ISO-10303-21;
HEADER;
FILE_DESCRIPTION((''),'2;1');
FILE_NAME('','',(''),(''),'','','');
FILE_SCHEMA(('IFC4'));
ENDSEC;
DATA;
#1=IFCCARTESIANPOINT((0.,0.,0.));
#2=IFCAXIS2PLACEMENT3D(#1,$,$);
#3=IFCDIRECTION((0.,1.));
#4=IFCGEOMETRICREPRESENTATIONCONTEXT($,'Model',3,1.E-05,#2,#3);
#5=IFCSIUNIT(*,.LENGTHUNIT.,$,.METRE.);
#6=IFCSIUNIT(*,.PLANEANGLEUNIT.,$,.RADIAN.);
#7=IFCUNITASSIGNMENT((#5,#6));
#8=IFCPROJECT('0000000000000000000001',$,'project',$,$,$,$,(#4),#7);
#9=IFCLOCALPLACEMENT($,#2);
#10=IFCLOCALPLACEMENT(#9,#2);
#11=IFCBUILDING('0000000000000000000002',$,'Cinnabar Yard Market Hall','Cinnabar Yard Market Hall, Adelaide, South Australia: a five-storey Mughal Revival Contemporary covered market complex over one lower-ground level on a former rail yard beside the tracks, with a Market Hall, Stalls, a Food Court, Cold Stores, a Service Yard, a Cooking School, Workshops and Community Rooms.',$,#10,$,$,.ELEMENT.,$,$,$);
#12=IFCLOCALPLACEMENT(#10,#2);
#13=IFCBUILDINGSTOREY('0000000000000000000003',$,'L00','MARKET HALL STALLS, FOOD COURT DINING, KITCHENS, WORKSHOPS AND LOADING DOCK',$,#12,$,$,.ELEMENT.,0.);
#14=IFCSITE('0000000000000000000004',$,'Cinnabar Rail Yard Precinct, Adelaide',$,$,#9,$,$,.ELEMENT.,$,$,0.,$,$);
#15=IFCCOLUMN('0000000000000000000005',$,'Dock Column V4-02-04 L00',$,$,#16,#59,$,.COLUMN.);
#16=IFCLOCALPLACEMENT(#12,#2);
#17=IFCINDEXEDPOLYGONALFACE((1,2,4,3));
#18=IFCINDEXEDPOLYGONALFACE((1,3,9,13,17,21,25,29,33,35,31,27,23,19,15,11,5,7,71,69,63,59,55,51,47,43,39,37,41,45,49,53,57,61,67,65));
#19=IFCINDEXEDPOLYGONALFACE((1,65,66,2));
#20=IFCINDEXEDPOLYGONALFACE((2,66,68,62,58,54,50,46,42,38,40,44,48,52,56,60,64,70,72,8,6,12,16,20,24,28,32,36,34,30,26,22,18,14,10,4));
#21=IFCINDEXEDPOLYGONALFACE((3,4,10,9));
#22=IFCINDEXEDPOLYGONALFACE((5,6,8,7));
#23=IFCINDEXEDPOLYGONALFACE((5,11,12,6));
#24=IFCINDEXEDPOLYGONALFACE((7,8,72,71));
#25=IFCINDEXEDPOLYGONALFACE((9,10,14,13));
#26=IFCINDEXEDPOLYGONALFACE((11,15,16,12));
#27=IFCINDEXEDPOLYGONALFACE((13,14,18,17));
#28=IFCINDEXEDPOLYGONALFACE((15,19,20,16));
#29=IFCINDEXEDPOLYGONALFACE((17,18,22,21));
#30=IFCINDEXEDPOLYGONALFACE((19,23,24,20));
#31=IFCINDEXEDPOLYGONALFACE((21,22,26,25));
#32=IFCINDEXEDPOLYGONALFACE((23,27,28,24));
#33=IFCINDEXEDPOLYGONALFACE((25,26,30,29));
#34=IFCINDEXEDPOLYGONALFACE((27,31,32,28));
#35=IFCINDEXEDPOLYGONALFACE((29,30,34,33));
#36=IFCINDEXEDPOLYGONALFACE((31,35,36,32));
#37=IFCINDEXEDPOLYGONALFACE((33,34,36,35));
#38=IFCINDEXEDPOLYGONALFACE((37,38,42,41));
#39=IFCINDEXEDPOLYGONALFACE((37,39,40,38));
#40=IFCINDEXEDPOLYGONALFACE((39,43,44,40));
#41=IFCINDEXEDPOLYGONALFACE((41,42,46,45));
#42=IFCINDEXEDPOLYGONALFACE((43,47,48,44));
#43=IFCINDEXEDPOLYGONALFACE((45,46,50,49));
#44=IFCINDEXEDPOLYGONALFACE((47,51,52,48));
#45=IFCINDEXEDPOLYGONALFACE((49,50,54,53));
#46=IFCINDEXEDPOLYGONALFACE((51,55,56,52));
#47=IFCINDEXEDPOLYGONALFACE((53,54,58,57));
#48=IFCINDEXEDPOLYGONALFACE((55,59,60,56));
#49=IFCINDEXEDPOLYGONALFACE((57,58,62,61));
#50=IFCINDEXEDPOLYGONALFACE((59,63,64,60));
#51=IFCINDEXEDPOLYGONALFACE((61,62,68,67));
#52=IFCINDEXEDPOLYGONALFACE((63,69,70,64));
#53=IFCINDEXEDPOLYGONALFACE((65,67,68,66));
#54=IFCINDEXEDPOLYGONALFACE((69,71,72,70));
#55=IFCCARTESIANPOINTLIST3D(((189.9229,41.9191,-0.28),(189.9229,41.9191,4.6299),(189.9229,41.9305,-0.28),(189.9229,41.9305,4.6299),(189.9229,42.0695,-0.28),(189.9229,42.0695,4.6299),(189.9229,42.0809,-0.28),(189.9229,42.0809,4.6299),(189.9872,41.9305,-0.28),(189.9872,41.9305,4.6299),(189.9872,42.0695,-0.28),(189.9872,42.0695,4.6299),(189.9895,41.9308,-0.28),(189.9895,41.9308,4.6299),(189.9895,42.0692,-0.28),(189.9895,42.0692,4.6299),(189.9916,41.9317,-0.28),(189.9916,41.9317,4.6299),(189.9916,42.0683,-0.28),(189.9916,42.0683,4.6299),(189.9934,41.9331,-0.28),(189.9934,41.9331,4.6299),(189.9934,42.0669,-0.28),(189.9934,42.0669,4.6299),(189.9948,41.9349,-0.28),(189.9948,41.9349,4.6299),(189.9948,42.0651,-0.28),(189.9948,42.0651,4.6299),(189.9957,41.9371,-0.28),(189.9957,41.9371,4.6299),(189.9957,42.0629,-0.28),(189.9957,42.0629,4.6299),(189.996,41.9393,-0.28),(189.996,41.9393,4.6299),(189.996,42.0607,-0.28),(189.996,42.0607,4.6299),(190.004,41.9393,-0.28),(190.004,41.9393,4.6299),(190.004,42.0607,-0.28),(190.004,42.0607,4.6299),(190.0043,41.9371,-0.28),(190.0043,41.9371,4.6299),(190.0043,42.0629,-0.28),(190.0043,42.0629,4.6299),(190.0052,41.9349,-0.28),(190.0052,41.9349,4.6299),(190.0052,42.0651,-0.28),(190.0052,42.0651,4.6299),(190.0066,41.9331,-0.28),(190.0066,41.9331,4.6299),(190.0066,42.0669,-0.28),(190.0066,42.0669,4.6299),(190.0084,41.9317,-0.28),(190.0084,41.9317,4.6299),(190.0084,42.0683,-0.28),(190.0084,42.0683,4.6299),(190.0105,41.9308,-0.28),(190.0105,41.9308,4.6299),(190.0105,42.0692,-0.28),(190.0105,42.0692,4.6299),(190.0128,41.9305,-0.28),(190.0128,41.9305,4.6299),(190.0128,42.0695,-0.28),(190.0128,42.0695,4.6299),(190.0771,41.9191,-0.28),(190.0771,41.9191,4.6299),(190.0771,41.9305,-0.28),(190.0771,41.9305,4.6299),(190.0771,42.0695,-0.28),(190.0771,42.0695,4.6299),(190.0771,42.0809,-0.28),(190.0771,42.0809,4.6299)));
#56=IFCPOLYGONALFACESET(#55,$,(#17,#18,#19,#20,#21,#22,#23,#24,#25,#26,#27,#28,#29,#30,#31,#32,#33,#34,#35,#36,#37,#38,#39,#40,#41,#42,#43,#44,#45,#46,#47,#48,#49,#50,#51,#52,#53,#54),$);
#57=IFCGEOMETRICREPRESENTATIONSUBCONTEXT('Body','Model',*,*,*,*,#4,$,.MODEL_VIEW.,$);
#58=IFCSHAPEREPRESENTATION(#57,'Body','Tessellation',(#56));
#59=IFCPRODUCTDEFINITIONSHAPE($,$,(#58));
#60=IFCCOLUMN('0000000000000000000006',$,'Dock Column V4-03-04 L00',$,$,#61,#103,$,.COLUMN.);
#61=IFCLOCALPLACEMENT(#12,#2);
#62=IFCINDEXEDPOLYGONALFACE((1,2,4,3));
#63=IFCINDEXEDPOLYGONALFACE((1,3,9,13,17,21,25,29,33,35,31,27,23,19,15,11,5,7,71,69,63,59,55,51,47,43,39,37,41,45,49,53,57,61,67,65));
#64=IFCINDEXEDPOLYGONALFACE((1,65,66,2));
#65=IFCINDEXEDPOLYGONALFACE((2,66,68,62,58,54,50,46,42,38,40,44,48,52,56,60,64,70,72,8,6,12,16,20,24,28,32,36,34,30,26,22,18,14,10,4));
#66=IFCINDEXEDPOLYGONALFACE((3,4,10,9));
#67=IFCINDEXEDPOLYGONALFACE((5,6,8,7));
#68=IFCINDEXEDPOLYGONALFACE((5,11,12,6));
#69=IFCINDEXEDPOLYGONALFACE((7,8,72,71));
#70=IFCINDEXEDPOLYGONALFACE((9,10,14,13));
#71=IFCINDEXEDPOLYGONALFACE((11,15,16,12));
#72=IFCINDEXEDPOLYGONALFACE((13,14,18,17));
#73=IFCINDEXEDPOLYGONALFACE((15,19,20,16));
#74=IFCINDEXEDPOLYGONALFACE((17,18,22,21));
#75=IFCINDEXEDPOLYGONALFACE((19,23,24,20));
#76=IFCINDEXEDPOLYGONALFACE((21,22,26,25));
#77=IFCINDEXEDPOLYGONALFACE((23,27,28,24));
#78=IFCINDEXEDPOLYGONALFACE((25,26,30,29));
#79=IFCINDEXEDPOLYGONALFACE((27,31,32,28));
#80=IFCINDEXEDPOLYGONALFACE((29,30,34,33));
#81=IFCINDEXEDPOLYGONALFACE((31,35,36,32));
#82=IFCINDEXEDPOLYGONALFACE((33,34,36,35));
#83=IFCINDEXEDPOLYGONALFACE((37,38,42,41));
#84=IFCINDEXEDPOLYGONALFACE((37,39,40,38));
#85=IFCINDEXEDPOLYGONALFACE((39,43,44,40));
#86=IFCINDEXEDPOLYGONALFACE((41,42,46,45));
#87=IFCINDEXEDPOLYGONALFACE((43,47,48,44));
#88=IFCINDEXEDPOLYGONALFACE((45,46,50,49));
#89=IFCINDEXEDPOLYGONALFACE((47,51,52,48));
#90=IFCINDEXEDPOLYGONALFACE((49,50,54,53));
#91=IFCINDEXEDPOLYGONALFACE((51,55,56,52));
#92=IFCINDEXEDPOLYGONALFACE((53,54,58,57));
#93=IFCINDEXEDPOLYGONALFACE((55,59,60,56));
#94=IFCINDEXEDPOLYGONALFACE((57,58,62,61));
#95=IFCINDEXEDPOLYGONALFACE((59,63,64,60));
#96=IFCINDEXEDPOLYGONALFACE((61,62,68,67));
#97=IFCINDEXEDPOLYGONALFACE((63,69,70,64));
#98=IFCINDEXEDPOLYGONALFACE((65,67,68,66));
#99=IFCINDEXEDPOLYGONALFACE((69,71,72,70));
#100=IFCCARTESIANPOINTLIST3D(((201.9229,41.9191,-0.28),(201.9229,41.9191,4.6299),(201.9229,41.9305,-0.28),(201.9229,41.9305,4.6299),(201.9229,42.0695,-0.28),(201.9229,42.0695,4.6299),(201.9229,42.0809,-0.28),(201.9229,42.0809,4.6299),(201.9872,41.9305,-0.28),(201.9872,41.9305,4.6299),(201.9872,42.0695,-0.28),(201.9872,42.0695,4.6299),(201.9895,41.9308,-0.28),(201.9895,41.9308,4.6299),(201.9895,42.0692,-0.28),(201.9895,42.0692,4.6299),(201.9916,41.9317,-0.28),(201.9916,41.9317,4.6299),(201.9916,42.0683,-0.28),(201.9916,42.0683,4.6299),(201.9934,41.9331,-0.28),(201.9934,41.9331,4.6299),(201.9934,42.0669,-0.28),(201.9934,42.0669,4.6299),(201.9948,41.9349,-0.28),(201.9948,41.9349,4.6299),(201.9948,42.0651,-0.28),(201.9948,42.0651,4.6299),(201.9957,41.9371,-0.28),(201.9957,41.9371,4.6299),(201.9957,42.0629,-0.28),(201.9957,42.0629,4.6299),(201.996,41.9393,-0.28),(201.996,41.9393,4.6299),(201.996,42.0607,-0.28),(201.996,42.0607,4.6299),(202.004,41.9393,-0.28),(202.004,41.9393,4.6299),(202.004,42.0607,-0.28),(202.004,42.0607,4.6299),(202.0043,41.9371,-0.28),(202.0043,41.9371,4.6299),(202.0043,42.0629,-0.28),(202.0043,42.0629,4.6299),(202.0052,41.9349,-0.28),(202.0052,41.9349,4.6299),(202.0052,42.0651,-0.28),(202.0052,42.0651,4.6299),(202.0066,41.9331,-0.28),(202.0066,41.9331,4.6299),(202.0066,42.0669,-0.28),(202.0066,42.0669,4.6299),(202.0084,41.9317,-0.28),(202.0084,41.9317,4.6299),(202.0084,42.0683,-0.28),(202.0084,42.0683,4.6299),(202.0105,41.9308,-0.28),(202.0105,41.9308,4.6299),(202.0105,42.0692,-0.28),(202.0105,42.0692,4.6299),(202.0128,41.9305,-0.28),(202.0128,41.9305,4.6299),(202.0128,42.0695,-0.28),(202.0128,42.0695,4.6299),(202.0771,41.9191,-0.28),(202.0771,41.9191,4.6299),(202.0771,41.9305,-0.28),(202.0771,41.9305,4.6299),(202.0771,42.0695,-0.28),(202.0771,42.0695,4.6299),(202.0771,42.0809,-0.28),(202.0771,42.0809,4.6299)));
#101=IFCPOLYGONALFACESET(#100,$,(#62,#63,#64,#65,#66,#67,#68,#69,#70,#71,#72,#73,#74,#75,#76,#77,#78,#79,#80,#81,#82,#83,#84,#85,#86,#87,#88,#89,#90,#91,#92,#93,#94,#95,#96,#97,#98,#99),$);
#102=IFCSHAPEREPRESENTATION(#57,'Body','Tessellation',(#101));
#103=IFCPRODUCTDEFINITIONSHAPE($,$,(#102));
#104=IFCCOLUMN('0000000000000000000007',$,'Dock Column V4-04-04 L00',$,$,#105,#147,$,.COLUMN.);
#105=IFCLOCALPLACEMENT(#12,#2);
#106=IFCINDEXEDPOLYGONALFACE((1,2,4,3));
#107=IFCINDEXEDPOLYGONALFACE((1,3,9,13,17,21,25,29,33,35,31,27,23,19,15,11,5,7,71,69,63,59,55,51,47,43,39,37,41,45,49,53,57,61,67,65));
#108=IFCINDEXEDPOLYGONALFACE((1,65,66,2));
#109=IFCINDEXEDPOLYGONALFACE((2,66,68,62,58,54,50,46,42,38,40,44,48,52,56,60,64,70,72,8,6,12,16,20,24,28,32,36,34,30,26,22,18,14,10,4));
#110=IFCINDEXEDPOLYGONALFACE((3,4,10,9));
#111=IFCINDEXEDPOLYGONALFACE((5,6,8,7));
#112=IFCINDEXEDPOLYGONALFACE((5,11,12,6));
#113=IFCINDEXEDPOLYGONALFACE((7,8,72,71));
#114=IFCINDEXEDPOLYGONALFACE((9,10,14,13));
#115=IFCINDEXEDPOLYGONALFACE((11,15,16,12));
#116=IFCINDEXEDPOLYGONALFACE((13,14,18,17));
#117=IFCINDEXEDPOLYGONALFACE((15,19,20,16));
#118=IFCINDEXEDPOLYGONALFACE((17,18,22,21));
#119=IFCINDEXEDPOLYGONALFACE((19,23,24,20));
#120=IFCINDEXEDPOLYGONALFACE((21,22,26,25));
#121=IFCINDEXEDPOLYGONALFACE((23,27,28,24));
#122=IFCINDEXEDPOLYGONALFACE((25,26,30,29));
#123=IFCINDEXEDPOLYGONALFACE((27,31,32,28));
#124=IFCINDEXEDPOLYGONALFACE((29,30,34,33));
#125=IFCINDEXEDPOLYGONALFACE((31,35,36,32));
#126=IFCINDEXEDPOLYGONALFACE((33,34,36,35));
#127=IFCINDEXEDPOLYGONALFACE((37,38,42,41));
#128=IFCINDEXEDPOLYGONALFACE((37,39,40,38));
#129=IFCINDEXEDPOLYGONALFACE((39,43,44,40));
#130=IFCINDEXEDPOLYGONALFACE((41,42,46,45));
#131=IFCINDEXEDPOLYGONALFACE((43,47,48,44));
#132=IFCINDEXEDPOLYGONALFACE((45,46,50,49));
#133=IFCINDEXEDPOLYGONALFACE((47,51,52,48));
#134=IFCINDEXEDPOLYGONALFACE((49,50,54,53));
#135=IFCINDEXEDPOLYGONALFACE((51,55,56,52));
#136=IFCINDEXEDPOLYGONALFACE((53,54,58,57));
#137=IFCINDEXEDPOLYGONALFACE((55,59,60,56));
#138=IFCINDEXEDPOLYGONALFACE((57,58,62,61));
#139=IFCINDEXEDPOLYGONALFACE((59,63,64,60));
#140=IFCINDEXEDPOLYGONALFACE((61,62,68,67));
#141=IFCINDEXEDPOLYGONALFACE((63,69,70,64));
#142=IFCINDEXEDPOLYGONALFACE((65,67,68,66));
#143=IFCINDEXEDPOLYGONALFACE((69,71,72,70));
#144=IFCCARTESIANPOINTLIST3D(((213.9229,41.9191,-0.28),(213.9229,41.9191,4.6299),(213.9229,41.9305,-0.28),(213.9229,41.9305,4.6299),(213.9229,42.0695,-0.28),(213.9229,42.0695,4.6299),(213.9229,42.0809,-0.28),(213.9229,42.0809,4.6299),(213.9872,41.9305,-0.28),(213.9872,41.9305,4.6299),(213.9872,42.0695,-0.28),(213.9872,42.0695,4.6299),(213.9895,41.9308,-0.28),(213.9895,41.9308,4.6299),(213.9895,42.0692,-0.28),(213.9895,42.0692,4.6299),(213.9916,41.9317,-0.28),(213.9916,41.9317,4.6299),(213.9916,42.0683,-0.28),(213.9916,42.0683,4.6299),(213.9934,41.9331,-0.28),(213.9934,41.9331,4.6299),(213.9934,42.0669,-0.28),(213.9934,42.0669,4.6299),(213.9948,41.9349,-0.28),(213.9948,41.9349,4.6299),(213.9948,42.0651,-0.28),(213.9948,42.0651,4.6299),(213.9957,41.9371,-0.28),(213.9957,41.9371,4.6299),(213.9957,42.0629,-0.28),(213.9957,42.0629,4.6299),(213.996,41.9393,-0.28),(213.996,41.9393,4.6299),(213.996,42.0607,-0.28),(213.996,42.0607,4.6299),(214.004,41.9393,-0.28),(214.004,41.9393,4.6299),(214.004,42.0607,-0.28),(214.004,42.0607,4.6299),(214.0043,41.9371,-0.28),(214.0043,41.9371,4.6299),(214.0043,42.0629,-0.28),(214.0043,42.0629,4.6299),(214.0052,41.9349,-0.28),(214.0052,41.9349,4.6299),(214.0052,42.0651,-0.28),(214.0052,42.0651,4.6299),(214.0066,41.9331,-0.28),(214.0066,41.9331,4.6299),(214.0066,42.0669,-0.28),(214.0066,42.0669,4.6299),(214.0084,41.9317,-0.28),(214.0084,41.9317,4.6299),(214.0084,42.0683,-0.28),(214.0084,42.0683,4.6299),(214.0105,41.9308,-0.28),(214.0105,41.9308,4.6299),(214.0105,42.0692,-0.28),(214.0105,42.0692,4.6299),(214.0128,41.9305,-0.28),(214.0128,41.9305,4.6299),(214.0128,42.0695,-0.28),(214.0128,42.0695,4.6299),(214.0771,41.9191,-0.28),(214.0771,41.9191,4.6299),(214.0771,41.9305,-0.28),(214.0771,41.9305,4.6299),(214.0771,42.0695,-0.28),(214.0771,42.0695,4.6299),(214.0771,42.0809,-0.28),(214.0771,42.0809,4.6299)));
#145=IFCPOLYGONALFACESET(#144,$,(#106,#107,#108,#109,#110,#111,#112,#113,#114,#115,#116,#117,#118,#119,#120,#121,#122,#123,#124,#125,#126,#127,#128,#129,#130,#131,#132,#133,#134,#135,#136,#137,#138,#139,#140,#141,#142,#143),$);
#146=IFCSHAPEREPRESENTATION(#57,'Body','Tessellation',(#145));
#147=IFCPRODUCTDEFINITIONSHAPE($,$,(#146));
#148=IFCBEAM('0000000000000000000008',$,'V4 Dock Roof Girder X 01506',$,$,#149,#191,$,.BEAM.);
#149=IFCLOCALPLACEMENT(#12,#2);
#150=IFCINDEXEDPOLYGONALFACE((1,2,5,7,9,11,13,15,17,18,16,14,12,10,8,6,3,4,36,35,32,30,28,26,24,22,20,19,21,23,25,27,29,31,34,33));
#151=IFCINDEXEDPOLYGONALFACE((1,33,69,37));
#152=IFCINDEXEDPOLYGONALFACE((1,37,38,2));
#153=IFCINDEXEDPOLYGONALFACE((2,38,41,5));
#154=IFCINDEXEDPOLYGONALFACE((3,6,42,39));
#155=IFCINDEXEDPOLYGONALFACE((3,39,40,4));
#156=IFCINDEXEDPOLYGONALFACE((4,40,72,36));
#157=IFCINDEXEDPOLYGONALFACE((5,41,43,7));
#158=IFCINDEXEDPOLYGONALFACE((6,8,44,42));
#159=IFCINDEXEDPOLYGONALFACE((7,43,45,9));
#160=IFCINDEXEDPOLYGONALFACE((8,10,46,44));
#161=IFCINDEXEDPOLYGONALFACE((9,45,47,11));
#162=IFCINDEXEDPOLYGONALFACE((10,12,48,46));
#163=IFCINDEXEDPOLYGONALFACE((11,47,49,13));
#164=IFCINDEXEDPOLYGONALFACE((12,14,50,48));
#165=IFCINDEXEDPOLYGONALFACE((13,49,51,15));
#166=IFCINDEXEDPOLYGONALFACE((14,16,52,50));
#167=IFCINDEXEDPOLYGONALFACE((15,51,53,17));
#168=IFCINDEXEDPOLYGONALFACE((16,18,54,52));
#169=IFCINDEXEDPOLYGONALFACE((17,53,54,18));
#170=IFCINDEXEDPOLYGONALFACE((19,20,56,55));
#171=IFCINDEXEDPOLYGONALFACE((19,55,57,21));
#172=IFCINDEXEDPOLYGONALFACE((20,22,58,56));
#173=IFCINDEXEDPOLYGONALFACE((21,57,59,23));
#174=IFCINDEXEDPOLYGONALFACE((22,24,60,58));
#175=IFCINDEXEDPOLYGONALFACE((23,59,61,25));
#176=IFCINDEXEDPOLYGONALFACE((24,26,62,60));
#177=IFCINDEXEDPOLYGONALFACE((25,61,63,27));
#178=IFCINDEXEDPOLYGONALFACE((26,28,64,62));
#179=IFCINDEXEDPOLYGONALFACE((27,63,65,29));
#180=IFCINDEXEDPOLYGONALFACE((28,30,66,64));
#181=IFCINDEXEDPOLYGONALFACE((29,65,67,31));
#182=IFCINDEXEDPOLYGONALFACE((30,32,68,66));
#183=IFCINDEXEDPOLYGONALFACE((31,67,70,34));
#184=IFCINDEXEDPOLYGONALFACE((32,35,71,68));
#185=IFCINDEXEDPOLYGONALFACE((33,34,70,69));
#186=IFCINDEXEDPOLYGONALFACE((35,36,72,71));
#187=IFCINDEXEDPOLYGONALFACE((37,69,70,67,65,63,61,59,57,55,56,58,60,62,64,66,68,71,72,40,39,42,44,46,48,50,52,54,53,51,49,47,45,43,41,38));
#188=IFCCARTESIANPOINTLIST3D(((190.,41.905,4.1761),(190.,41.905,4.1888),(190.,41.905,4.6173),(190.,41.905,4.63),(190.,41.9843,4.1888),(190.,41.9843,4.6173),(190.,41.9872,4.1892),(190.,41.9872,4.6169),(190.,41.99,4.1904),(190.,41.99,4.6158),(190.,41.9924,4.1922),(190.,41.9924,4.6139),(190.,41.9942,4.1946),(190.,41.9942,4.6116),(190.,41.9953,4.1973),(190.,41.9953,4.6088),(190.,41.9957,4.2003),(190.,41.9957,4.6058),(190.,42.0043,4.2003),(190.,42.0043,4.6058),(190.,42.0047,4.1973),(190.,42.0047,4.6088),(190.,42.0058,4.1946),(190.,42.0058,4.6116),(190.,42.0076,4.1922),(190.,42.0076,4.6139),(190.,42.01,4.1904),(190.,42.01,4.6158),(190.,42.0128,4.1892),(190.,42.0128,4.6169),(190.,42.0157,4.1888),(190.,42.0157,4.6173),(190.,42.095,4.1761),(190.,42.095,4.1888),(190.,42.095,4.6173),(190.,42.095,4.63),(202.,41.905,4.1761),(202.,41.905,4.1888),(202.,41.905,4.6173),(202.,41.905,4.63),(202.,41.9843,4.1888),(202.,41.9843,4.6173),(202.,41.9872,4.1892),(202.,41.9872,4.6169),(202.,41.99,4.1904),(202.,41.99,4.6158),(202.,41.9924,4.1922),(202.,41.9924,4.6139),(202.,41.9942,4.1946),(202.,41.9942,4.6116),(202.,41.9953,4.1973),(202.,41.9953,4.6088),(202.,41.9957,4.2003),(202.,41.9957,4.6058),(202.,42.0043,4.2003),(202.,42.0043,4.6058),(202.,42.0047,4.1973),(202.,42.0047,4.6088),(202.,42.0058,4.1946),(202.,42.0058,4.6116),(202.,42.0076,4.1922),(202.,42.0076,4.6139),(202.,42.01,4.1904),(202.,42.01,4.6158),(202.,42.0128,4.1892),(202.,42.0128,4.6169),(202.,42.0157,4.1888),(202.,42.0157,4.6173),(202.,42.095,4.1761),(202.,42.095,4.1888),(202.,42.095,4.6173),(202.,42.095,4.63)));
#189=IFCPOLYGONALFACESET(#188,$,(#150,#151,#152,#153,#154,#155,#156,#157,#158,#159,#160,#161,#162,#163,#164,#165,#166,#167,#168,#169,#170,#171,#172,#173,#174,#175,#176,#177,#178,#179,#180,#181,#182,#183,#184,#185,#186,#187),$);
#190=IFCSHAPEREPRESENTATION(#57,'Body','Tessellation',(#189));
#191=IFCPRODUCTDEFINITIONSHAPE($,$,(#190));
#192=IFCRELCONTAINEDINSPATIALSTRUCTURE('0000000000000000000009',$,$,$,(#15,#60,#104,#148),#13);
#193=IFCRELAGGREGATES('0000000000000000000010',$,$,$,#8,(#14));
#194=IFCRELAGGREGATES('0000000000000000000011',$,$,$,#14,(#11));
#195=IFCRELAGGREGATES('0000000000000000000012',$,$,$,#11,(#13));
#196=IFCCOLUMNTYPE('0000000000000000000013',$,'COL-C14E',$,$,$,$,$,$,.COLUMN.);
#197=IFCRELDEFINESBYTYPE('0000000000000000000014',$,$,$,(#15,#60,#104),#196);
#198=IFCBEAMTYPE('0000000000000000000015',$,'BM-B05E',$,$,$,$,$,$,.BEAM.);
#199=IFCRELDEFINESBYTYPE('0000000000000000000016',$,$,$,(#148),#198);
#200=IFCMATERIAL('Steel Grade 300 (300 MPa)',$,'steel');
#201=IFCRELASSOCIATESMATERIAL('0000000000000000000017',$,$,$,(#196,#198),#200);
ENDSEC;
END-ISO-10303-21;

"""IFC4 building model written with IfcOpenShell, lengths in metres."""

from ifc_helpers import new_model, si_unit, direction, frame, origin, origin_2d_with_axis, place, context, subcontext, project, spatial, i_section, extrude, material, material_profile, profile_set, type_object, element, save


model = new_model("IFC4")

# Units and contexts
model_context = context("Model", 3, precision=1e-05, world=origin(), true_north=direction((0.0, 1.0)))
body_context = subcontext(model_context, "Body", "Model", "MODEL_VIEW")
ifc_project = project(units=[si_unit("LENGTHUNIT", "METRE"), si_unit("PLANEANGLEUNIT", "RADIAN")], contexts=[model_context])

# Site, building, storey
site_placement = place(None, origin())
site = spatial("IfcSite", under=ifc_project, at=site_placement, Name="Cinnabar Rail Yard Precinct, Adelaide", CompositionType="ELEMENT", RefElevation=0.0)
building_placement = place(site_placement, origin())
building = spatial("IfcBuilding", under=site, at=building_placement, Name="Cinnabar Yard Market Hall", Description="Cinnabar Yard Market Hall, Adelaide, South Australia: a five-storey Mughal Revival Contemporary covered market complex over one lower-ground level on a former rail yard beside the tracks, with a Market Hall, Stalls, a Food Court, Cold Stores, a Service Yard, a Cooking School, Workshops and Community Rooms.", CompositionType="ELEMENT")
storey_placement = place(building_placement, origin())
storey = spatial("IfcBuildingStorey", under=building, at=storey_placement, Name="L00", Description="MARKET HALL STALLS, FOOD COURT DINING, KITCHENS, WORKSHOPS AND LOADING DOCK", CompositionType="ELEMENT", Elevation=0.0)

# Columns
ifc_material_1 = material(Name="Steel Grade 300 (300 MPa)", Category="steel")
ifc_material_profile_1 = material_profile(ifc_material_1, i_section(OverallWidth=0.1543, OverallDepth=0.1619, WebThickness=0.0081, FlangeThickness=0.0115, FilletRadius=0.0088, at=origin_2d_with_axis()), Name="150UC37.2")
ifc_profile_set_1 = profile_set([ifc_material_profile_1], Name="Steel Grade 300 (300 MPa)")
column_type = type_object("IfcColumnType", Name="COL-C14E", PredefinedType="COLUMN", material=ifc_profile_set_1)
for number, where, z_axis, x_axis, name in (
    (1, (190.0, 42.0, -0.28), (0.0, 0.0, 1.0), (1.0, 0.0, 0.0), "Dock Column V4-02-04 L00"),
    (2, (202.0, 42.0, -0.28), (0.0, 0.0, 1.0), (1.0, 0.0, 0.0), "Dock Column V4-03-04 L00"),
    (3, (214.0, 42.0, -0.28), (0.0, 0.0, 1.0), (1.0, 0.0, 0.0), "Dock Column V4-04-04 L00"),
):
    element("IfcColumn", number, at=place(storey_placement, frame(where, z_axis=z_axis, x_axis=x_axis)), inside=storey, type_object=column_type, Name=name, PredefinedType="COLUMN", context=body_context, shape_type="SweptSolid", body=[
        extrude(i_section(OverallWidth=0.1543, OverallDepth=0.1619, WebThickness=0.0081, FlangeThickness=0.0115, FilletRadius=0.0088, at=origin_2d_with_axis()), origin(), (0.0, 0.0, 1.0), 4.9099),
    ])

# Beam
ifc_material_profile_2 = material_profile(ifc_material_1, i_section(OverallWidth=0.1899, OverallDepth=0.4539, WebThickness=0.0085, FlangeThickness=0.0127, FilletRadius=0.0115, at=origin_2d_with_axis()), Name="460UB67.1")
ifc_profile_set_2 = profile_set([ifc_material_profile_2], Name="Steel Grade 300 (300 MPa)")
beam_type_1 = type_object("IfcBeamType", Name="BM-B05E", PredefinedType="BEAM", material=ifc_profile_set_2)
for number, where, z_axis, x_axis, name in (
    (4, (190.0, 42.0, 4.4031), (1.0, 0.0, 0.0), (0.0, 1.0, 0.0), "V4 Dock Roof Girder X 01506"),
):
    element("IfcBeam", number, at=place(storey_placement, frame(where, z_axis=z_axis, x_axis=x_axis)), inside=storey, type_object=beam_type_1, Name=name, PredefinedType="BEAM", context=body_context, shape_type="SweptSolid", body=[
        extrude(i_section(OverallWidth=0.1899, OverallDepth=0.4539, WebThickness=0.0085, FlangeThickness=0.0127, FilletRadius=0.0115, at=origin_2d_with_axis()), origin(), (0.0, 0.0, 1.0), 12.0),
    ])

save(model, "model.ifc")
